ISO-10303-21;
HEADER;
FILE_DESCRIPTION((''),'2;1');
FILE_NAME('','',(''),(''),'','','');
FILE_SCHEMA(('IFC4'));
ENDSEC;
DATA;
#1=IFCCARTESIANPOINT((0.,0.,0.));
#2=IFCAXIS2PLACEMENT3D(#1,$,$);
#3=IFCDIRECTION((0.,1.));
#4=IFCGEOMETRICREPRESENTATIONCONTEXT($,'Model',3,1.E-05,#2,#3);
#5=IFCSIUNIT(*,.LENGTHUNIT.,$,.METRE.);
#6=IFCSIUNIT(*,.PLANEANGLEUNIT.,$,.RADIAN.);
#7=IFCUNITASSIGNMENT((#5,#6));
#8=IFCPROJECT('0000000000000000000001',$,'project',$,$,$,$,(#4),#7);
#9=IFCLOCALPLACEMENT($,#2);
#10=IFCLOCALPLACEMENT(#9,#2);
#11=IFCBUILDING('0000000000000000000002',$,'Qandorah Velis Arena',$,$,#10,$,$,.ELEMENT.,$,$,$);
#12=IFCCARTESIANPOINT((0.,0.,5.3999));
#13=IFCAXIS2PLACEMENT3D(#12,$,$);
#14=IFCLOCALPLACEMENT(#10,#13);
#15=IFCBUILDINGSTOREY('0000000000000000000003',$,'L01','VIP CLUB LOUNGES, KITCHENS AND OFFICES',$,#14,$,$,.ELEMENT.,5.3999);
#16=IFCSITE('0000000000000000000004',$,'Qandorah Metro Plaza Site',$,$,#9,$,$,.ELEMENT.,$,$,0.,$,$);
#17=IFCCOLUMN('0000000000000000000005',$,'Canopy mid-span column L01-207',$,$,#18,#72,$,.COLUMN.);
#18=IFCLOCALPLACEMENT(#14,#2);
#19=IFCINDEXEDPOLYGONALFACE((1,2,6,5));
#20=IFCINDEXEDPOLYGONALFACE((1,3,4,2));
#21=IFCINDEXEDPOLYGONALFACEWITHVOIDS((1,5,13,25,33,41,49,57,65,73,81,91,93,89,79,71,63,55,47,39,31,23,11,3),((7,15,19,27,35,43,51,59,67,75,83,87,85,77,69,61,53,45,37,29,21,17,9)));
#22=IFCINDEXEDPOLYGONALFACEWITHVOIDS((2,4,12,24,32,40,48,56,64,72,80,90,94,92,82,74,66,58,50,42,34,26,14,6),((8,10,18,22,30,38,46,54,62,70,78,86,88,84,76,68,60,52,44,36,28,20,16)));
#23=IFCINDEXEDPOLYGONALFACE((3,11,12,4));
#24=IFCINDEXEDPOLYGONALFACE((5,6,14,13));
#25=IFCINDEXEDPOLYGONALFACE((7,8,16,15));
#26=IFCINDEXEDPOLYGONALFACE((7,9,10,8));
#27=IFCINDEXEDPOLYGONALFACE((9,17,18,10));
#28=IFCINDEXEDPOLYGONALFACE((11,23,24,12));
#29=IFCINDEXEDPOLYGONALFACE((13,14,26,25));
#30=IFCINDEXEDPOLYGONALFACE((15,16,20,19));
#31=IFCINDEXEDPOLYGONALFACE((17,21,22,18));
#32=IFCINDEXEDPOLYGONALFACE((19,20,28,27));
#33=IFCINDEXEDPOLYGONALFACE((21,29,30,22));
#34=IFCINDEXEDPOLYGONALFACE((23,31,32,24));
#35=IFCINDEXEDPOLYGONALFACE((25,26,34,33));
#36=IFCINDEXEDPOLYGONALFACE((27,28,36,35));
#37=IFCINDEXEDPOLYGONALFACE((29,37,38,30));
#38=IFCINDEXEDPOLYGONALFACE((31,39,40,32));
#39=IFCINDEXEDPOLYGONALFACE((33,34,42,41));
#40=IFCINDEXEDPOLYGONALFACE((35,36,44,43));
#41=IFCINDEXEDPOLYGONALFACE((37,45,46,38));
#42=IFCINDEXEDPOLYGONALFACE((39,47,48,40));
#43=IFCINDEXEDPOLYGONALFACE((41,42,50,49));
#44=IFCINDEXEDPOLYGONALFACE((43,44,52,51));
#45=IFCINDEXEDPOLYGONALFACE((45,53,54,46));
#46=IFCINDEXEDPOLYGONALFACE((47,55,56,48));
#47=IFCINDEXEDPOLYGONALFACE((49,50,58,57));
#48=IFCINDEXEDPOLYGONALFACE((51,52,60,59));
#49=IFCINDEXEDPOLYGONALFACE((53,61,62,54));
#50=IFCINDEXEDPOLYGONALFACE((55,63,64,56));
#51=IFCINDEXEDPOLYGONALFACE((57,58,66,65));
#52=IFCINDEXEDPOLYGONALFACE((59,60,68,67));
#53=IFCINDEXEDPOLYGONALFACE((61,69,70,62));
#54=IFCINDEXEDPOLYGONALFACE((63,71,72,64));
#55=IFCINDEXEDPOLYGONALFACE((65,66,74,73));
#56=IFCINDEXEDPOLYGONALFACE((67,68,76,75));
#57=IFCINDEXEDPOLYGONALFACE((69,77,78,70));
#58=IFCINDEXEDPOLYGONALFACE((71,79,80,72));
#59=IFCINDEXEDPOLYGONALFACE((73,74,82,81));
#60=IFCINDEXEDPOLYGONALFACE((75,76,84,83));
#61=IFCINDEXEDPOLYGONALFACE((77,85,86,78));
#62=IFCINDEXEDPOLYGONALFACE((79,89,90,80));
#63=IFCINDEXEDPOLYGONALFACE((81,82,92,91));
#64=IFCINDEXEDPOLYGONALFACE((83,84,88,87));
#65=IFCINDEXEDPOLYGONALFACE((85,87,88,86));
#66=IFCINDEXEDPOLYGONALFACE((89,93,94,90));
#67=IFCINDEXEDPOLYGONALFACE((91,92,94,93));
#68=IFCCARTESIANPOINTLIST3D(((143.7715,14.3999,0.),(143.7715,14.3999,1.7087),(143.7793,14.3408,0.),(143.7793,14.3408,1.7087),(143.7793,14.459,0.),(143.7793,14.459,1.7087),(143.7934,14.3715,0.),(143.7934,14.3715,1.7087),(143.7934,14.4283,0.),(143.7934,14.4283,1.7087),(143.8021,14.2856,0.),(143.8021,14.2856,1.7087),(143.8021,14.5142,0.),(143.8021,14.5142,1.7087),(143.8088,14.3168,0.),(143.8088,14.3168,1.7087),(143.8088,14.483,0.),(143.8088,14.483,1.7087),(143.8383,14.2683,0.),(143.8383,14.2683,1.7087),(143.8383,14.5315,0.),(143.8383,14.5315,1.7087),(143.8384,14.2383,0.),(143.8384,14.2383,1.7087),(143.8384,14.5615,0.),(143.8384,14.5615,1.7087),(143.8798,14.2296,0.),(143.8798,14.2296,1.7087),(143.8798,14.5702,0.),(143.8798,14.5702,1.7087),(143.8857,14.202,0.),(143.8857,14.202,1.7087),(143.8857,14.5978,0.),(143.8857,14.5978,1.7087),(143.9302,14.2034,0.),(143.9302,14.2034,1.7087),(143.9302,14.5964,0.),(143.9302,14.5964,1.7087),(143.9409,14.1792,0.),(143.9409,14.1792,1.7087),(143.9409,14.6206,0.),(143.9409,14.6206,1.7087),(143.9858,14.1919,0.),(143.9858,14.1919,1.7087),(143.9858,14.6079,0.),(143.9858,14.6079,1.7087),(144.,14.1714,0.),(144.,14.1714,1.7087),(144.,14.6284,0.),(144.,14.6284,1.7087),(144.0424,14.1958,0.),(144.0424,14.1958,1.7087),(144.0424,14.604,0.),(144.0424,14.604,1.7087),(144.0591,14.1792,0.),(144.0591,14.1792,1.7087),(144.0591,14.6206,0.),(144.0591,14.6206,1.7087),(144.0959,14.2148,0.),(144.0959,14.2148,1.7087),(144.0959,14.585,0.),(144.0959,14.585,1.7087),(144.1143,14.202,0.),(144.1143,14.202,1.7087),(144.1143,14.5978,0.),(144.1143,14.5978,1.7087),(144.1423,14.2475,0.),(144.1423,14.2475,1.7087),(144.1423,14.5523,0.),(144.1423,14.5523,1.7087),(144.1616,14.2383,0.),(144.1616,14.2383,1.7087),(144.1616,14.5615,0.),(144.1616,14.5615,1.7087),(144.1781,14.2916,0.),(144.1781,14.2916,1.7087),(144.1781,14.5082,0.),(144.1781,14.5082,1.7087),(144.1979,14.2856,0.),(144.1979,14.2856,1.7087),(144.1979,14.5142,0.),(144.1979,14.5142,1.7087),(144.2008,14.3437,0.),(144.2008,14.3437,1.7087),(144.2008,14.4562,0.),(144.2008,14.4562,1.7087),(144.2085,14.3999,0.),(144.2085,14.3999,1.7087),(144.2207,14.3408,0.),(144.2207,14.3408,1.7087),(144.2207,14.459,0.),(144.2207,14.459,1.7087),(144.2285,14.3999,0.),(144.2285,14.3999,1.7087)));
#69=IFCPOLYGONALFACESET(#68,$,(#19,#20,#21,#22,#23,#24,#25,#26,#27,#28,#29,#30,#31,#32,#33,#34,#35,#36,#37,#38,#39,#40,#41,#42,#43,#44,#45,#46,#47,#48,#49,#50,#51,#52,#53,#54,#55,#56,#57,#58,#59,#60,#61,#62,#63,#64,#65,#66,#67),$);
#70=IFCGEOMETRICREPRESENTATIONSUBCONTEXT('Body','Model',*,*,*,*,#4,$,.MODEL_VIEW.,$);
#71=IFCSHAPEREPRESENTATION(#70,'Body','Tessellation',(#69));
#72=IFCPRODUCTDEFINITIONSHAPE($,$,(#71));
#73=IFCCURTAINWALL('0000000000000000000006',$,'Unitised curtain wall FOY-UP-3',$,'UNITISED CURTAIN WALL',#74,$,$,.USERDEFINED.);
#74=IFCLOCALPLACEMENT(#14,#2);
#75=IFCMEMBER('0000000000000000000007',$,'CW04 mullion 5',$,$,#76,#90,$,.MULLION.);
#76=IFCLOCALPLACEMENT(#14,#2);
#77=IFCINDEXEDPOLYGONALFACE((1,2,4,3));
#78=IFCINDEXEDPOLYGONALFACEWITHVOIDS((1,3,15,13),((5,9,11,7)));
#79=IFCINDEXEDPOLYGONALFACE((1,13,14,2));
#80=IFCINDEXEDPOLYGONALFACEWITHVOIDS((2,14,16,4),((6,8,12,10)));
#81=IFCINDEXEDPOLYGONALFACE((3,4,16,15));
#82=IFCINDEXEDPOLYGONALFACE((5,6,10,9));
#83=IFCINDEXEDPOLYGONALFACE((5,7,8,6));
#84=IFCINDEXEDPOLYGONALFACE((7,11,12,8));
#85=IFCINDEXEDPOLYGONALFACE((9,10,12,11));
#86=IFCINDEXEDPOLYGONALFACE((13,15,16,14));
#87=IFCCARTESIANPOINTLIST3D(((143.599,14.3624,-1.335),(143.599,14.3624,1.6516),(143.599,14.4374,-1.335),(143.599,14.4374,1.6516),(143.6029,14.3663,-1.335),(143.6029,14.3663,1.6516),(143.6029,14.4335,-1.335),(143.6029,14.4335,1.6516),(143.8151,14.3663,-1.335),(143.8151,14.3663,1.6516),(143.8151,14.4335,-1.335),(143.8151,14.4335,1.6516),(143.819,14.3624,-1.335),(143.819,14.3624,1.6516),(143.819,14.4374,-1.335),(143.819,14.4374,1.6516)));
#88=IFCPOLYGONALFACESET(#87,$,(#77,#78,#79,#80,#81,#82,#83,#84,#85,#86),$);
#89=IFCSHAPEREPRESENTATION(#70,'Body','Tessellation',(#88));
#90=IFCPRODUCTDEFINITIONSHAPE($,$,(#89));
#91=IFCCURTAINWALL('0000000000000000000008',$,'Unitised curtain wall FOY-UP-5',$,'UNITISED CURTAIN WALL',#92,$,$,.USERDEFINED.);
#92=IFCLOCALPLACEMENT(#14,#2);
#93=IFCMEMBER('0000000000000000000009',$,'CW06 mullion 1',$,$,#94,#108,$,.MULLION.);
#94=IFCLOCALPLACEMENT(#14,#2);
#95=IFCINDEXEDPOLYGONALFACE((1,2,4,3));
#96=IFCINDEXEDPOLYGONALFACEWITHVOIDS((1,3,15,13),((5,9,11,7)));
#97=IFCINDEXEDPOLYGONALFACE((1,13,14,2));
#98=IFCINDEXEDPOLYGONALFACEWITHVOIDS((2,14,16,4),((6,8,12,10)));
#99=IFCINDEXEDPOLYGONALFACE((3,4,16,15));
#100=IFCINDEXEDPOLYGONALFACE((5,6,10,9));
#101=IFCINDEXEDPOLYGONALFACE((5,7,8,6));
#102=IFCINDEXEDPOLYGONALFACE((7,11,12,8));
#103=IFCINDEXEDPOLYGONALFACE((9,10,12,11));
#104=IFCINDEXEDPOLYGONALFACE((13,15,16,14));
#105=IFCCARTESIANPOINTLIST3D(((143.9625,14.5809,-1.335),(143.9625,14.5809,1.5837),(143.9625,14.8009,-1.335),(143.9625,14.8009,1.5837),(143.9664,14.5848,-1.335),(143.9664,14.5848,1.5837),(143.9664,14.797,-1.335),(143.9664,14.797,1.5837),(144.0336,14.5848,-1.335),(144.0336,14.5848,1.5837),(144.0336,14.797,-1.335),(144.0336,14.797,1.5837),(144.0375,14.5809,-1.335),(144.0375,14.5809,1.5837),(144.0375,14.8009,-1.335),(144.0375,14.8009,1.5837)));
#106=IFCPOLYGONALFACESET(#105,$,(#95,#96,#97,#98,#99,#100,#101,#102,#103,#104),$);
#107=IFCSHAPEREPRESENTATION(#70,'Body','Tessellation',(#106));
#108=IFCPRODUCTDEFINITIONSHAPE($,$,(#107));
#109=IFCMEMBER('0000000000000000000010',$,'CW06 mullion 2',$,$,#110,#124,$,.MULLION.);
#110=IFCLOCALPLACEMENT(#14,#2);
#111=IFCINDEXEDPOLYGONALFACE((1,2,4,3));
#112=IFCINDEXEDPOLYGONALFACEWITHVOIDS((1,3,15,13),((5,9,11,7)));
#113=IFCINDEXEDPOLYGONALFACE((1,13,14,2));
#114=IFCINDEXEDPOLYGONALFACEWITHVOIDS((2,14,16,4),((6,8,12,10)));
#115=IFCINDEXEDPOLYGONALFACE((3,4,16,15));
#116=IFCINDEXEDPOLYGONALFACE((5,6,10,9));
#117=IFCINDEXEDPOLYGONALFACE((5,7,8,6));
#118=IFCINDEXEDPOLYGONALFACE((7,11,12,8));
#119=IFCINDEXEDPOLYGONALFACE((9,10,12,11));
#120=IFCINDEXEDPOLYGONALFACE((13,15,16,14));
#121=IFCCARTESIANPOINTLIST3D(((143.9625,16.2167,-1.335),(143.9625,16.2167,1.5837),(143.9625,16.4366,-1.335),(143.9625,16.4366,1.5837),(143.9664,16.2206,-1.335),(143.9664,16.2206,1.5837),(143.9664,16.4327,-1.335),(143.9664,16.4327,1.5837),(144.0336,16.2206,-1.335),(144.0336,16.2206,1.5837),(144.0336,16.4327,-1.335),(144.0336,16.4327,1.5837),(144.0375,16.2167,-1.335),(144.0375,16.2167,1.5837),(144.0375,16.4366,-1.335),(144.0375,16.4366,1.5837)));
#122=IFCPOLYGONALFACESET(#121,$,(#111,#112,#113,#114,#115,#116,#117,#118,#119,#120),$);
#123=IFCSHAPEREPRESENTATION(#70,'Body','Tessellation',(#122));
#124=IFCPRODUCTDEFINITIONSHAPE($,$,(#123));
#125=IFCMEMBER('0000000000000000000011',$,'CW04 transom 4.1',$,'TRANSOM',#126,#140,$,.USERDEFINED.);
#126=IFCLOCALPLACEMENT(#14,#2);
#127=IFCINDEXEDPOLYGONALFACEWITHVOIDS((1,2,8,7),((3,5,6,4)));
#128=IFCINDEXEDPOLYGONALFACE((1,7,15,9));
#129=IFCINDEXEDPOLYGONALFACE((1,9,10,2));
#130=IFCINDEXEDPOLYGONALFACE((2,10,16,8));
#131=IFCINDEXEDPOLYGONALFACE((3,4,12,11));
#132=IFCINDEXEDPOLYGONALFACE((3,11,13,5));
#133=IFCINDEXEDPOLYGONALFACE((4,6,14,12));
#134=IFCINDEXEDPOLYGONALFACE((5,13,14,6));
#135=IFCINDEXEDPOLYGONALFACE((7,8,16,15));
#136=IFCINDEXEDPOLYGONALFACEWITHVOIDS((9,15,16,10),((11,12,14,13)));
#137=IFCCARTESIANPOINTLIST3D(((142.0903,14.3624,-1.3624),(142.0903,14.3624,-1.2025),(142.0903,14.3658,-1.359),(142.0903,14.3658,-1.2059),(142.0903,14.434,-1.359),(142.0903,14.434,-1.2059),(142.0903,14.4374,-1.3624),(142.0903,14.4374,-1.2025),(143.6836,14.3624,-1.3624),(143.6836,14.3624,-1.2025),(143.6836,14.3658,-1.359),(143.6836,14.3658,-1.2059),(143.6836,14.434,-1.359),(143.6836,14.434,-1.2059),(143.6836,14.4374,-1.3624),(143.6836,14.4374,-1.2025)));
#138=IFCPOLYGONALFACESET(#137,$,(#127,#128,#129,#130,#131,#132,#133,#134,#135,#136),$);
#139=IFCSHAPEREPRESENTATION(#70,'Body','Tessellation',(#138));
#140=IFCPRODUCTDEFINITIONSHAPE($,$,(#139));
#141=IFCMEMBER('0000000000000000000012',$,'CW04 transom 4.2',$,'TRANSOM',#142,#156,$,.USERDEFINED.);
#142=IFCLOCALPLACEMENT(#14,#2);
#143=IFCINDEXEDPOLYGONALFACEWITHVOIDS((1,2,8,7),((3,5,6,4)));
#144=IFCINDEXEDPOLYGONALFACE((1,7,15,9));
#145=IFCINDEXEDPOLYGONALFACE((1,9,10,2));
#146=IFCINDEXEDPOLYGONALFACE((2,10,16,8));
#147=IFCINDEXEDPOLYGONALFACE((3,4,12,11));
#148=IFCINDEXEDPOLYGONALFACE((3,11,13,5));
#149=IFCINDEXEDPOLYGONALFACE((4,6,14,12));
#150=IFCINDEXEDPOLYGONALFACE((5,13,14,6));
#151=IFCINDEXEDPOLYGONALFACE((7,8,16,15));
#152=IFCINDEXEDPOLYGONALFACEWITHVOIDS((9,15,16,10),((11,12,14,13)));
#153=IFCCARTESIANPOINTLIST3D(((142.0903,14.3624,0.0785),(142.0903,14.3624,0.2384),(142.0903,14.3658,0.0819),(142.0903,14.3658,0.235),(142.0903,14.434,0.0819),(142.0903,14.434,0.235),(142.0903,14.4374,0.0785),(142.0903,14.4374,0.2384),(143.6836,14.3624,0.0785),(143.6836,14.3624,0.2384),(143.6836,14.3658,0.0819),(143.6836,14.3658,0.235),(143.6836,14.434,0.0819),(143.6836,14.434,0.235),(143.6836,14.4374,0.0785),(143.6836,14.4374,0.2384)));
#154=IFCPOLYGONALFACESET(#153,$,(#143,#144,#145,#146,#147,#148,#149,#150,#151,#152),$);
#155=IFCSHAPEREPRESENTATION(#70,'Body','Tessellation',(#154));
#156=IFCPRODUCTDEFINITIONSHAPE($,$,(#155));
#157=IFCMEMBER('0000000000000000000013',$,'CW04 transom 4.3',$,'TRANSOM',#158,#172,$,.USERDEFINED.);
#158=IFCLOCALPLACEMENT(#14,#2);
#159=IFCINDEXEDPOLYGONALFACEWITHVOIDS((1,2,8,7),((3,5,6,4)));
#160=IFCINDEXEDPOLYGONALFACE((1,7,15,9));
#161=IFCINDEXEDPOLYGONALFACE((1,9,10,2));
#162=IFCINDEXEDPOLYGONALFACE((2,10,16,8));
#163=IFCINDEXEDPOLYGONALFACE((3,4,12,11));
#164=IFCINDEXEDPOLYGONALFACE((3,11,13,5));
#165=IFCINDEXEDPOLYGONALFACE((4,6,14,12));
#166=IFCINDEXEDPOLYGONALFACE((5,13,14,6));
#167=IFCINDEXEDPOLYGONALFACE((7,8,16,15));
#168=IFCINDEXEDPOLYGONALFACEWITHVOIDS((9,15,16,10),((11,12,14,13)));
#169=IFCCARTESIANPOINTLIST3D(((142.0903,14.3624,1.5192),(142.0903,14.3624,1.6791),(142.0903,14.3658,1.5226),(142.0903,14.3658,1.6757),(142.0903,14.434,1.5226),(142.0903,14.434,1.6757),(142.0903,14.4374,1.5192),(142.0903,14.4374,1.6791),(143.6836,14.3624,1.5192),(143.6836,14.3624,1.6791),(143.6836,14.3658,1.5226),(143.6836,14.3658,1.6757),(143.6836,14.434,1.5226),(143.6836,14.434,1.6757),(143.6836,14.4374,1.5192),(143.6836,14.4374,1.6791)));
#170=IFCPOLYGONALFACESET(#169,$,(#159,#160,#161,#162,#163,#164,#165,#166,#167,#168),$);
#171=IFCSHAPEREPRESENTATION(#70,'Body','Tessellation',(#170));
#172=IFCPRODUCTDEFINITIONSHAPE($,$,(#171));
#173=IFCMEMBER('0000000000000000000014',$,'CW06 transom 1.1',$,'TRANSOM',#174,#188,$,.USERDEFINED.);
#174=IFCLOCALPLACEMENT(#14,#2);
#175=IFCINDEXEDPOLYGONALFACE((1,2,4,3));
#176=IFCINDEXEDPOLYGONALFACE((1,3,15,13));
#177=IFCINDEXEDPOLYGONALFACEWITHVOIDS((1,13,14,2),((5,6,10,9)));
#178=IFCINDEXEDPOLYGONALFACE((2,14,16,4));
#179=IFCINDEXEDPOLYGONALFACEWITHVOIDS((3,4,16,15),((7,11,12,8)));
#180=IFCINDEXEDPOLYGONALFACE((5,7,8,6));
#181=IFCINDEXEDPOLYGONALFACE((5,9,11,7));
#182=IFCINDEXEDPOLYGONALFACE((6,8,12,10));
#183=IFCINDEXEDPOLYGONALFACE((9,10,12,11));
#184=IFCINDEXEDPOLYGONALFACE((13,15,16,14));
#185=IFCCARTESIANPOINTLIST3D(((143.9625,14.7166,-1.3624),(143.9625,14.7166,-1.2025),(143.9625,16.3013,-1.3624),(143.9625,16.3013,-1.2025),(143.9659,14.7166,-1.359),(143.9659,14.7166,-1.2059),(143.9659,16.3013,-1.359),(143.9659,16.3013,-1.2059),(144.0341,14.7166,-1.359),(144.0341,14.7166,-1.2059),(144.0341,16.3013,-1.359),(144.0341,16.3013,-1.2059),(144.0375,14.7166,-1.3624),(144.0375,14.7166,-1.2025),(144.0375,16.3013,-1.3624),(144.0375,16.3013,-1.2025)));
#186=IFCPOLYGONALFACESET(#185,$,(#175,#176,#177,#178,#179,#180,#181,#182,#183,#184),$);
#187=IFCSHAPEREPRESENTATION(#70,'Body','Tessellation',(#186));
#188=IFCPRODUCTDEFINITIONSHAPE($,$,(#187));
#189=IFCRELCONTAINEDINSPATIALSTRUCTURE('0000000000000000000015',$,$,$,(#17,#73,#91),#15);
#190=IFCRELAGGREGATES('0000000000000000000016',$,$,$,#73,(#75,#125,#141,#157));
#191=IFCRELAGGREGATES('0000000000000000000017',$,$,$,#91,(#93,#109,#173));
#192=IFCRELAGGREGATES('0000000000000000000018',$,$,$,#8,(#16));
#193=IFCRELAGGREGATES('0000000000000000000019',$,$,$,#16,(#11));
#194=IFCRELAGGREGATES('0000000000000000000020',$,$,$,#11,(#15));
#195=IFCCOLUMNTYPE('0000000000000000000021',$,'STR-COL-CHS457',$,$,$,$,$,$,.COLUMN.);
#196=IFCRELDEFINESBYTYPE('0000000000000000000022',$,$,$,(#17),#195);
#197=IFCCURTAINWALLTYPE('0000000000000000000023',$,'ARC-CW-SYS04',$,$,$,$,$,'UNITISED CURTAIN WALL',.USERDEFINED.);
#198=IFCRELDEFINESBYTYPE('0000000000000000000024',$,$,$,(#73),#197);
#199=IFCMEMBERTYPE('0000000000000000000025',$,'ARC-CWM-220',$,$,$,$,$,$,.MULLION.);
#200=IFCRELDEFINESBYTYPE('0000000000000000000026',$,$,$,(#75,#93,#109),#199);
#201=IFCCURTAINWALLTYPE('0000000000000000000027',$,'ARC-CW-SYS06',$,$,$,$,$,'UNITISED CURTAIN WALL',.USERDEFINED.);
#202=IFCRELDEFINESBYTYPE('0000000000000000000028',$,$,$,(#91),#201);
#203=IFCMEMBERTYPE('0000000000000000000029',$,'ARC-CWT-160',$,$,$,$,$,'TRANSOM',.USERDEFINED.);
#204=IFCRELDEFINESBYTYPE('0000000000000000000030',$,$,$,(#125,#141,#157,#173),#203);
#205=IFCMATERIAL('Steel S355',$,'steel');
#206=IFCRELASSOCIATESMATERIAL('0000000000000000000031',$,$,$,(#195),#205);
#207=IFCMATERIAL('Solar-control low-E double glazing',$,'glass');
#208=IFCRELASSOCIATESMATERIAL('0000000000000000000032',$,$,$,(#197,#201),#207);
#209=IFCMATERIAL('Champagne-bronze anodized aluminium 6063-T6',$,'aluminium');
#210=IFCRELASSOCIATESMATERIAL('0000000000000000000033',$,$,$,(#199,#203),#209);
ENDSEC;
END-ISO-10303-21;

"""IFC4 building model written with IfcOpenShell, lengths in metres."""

from ifc_helpers import new_model, si_unit, direction, frame, origin, origin_2d, place, context, subcontext, project, spatial, hollow_rectangle, hollow_circle, extrude, material, material_profile, profile_set, type_object, element, aggregate, save


model = new_model("IFC4")

# Units and contexts
model_context = context("Model", 3, precision=1e-05, world=origin(), true_north=direction((0.0, 1.0)))
body_context = subcontext(model_context, "Body", "Model", "MODEL_VIEW")
ifc_project = project(units=[si_unit("LENGTHUNIT", "METRE"), si_unit("PLANEANGLEUNIT", "RADIAN")], contexts=[model_context])

# Site, building, storey
site_placement = place(None, origin())
site = spatial("IfcSite", under=ifc_project, at=site_placement, Name="Qandorah Metro Plaza Site", CompositionType="ELEMENT", RefElevation=0.0)
building_placement = place(site_placement, origin())
building = spatial("IfcBuilding", under=site, at=building_placement, Name="Qandorah Velis Arena", CompositionType="ELEMENT")
storey_placement = place(building_placement, frame((0.0, 0.0, 5.3999)))
storey = spatial("IfcBuildingStorey", under=building, at=storey_placement, Name="L01", Description="VIP CLUB LOUNGES, KITCHENS AND OFFICES", CompositionType="ELEMENT", Elevation=5.3999)

# Column
ifc_material_1 = material(Name="Steel S355", Category="steel")
ifc_material_profile_1 = material_profile(ifc_material_1, hollow_circle(Radius=0.2285, WallThickness=0.02, at=origin_2d()), Name="CHS 457x20")
ifc_profile_set_1 = profile_set([ifc_material_profile_1], Name="Steel S355")
column_type = type_object("IfcColumnType", Name="STR-COL-CHS457", PredefinedType="COLUMN", material=ifc_profile_set_1)
column_placement = place(storey_placement, frame((144.0, 14.3999, 0.0), z_axis=(0.0, 0.0, 1.0), x_axis=(1.0, 0.0, 0.0)))
element("IfcColumn", 1, at=column_placement, inside=storey, type_object=column_type, Name="Canopy mid-span column L01-207", PredefinedType="COLUMN", context=body_context, shape_type="SweptSolid", body=[
    extrude(hollow_circle(Radius=0.2285, WallThickness=0.02, at=origin_2d()), origin(), (0.0, 0.0, 1.0), 1.7087),
])

# Curtain wall, member
ifc_material_2 = material(Name="Solar-control low-E double glazing", Category="glass")
curtain_wall_type_1 = type_object("IfcCurtainWallType", Name="ARC-CW-SYS04", ElementType="UNITISED CURTAIN WALL", PredefinedType="USERDEFINED", material=ifc_material_2)
curtain_wall_1_placement = place(storey_placement, origin())
curtain_wall_1 = element("IfcCurtainWall", 2, at=curtain_wall_1_placement, inside=storey, type_object=curtain_wall_type_1, Name="Unitised curtain wall FOY-UP-3", ObjectType="UNITISED CURTAIN WALL", PredefinedType="USERDEFINED")
ifc_material_3 = material(Name="Champagne-bronze anodized aluminium 6063-T6", Category="aluminium")
ifc_material_profile_2 = material_profile(ifc_material_3, hollow_rectangle(XDim=0.075, YDim=0.22, WallThickness=0.0039, at=origin_2d()), Name="ALU MULLION 75x220")
ifc_profile_set_2 = profile_set([ifc_material_profile_2], Name="Champagne-bronze anodized aluminium 6063-T6")
member_type_1 = type_object("IfcMemberType", Name="ARC-CWM-220", PredefinedType="MULLION", material=ifc_profile_set_2)
member_1_placement = place(storey_placement, frame((143.709, 14.3999, -1.335), z_axis=(0.0, 0.0, 1.0), x_axis=(0.0, 1.0, 0.0)))
member_1 = element("IfcMember", 3, at=member_1_placement, type_object=member_type_1, Name="CW04 mullion 5", PredefinedType="MULLION", context=body_context, shape_type="SweptSolid", body=[
    extrude(hollow_rectangle(XDim=0.075, YDim=0.22, WallThickness=0.0039, at=origin_2d()), origin(), (0.0, 0.0, 1.0), 2.9866),
])

# Curtain wall, members
curtain_wall_type_2 = type_object("IfcCurtainWallType", Name="ARC-CW-SYS06", ElementType="UNITISED CURTAIN WALL", PredefinedType="USERDEFINED", material=ifc_material_2)
curtain_wall_2_placement = place(storey_placement, origin())
curtain_wall_2 = element("IfcCurtainWall", 4, at=curtain_wall_2_placement, inside=storey, type_object=curtain_wall_type_2, Name="Unitised curtain wall FOY-UP-5", ObjectType="UNITISED CURTAIN WALL", PredefinedType="USERDEFINED")
member_2_placement = place(storey_placement, frame((144.0, 14.6909, -1.335), z_axis=(0.0, 0.0, 1.0), x_axis=(-1.0, 0.0, 0.0)))
member_2 = element("IfcMember", 5, at=member_2_placement, type_object=member_type_1, Name="CW06 mullion 1", PredefinedType="MULLION", context=body_context, shape_type="SweptSolid", body=[
    extrude(hollow_rectangle(XDim=0.075, YDim=0.22, WallThickness=0.0039, at=origin_2d()), origin(), (0.0, 0.0, 1.0), 2.9187),
])
member_3_placement = place(storey_placement, frame((144.0, 16.3267, -1.335), z_axis=(0.0, 0.0, 1.0), x_axis=(-1.0, 0.0, 0.0)))
member_3 = element("IfcMember", 6, at=member_3_placement, type_object=member_type_1, Name="CW06 mullion 2", PredefinedType="MULLION", context=body_context, shape_type="SweptSolid", body=[
    extrude(hollow_rectangle(XDim=0.075, YDim=0.22, WallThickness=0.0039, at=origin_2d()), origin(), (0.0, 0.0, 1.0), 2.9187),
])

# Members
ifc_material_profile_3 = material_profile(ifc_material_3, hollow_rectangle(XDim=0.075, YDim=0.1599, WallThickness=0.0034, at=origin_2d()), Name="ALU TRANSOM 75x160")
ifc_profile_set_3 = profile_set([ifc_material_profile_3], Name="Champagne-bronze anodized aluminium 6063-T6")
member_type_2 = type_object("IfcMemberType", Name="ARC-CWT-160", ElementType="TRANSOM", PredefinedType="USERDEFINED", material=ifc_profile_set_3)
member_4_placement = place(storey_placement, frame((142.0903, 14.3999, -1.2825), z_axis=(1.0, 0.0, 0.0), x_axis=(0.0, 1.0, 0.0)))
member_4 = element("IfcMember", 7, at=member_4_placement, type_object=member_type_2, Name="CW04 transom 4.1", ObjectType="TRANSOM", PredefinedType="USERDEFINED", context=body_context, shape_type="SweptSolid", body=[
    extrude(hollow_rectangle(XDim=0.075, YDim=0.1599, WallThickness=0.0034, at=origin_2d()), origin(), (0.0, 0.0, 1.0), 1.5933),
])
member_5_placement = place(storey_placement, frame((142.0903, 14.3999, 0.1584), z_axis=(1.0, 0.0, 0.0), x_axis=(0.0, 1.0, 0.0)))
member_5 = element("IfcMember", 8, at=member_5_placement, type_object=member_type_2, Name="CW04 transom 4.2", ObjectType="TRANSOM", PredefinedType="USERDEFINED", context=body_context, shape_type="SweptSolid", body=[
    extrude(hollow_rectangle(XDim=0.075, YDim=0.1599, WallThickness=0.0034, at=origin_2d()), origin(), (0.0, 0.0, 1.0), 1.5933),
])
member_6_placement = place(storey_placement, frame((142.0903, 14.3999, 1.5991), z_axis=(1.0, 0.0, 0.0), x_axis=(0.0, 1.0, 0.0)))
member_6 = element("IfcMember", 9, at=member_6_placement, type_object=member_type_2, Name="CW04 transom 4.3", ObjectType="TRANSOM", PredefinedType="USERDEFINED", context=body_context, shape_type="SweptSolid", body=[
    extrude(hollow_rectangle(XDim=0.075, YDim=0.1599, WallThickness=0.0034, at=origin_2d()), origin(), (0.0, 0.0, 1.0), 1.5933),
])
member_7_placement = place(storey_placement, frame((144.0, 14.7166, -1.2825), z_axis=(0.0, 1.0, 0.0), x_axis=(-1.0, 0.0, 0.0)))
member_7 = element("IfcMember", 10, at=member_7_placement, type_object=member_type_2, Name="CW06 transom 1.1", ObjectType="TRANSOM", PredefinedType="USERDEFINED", context=body_context, shape_type="SweptSolid", body=[
    extrude(hollow_rectangle(XDim=0.075, YDim=0.1599, WallThickness=0.0034, at=origin_2d()), origin(), (0.0, 0.0, 1.0), 1.5847),
])

aggregate(curtain_wall_1, [member_1, member_4, member_5, member_6])
aggregate(curtain_wall_2, [member_2, member_3, member_7])

save(model, "model.ifc")
